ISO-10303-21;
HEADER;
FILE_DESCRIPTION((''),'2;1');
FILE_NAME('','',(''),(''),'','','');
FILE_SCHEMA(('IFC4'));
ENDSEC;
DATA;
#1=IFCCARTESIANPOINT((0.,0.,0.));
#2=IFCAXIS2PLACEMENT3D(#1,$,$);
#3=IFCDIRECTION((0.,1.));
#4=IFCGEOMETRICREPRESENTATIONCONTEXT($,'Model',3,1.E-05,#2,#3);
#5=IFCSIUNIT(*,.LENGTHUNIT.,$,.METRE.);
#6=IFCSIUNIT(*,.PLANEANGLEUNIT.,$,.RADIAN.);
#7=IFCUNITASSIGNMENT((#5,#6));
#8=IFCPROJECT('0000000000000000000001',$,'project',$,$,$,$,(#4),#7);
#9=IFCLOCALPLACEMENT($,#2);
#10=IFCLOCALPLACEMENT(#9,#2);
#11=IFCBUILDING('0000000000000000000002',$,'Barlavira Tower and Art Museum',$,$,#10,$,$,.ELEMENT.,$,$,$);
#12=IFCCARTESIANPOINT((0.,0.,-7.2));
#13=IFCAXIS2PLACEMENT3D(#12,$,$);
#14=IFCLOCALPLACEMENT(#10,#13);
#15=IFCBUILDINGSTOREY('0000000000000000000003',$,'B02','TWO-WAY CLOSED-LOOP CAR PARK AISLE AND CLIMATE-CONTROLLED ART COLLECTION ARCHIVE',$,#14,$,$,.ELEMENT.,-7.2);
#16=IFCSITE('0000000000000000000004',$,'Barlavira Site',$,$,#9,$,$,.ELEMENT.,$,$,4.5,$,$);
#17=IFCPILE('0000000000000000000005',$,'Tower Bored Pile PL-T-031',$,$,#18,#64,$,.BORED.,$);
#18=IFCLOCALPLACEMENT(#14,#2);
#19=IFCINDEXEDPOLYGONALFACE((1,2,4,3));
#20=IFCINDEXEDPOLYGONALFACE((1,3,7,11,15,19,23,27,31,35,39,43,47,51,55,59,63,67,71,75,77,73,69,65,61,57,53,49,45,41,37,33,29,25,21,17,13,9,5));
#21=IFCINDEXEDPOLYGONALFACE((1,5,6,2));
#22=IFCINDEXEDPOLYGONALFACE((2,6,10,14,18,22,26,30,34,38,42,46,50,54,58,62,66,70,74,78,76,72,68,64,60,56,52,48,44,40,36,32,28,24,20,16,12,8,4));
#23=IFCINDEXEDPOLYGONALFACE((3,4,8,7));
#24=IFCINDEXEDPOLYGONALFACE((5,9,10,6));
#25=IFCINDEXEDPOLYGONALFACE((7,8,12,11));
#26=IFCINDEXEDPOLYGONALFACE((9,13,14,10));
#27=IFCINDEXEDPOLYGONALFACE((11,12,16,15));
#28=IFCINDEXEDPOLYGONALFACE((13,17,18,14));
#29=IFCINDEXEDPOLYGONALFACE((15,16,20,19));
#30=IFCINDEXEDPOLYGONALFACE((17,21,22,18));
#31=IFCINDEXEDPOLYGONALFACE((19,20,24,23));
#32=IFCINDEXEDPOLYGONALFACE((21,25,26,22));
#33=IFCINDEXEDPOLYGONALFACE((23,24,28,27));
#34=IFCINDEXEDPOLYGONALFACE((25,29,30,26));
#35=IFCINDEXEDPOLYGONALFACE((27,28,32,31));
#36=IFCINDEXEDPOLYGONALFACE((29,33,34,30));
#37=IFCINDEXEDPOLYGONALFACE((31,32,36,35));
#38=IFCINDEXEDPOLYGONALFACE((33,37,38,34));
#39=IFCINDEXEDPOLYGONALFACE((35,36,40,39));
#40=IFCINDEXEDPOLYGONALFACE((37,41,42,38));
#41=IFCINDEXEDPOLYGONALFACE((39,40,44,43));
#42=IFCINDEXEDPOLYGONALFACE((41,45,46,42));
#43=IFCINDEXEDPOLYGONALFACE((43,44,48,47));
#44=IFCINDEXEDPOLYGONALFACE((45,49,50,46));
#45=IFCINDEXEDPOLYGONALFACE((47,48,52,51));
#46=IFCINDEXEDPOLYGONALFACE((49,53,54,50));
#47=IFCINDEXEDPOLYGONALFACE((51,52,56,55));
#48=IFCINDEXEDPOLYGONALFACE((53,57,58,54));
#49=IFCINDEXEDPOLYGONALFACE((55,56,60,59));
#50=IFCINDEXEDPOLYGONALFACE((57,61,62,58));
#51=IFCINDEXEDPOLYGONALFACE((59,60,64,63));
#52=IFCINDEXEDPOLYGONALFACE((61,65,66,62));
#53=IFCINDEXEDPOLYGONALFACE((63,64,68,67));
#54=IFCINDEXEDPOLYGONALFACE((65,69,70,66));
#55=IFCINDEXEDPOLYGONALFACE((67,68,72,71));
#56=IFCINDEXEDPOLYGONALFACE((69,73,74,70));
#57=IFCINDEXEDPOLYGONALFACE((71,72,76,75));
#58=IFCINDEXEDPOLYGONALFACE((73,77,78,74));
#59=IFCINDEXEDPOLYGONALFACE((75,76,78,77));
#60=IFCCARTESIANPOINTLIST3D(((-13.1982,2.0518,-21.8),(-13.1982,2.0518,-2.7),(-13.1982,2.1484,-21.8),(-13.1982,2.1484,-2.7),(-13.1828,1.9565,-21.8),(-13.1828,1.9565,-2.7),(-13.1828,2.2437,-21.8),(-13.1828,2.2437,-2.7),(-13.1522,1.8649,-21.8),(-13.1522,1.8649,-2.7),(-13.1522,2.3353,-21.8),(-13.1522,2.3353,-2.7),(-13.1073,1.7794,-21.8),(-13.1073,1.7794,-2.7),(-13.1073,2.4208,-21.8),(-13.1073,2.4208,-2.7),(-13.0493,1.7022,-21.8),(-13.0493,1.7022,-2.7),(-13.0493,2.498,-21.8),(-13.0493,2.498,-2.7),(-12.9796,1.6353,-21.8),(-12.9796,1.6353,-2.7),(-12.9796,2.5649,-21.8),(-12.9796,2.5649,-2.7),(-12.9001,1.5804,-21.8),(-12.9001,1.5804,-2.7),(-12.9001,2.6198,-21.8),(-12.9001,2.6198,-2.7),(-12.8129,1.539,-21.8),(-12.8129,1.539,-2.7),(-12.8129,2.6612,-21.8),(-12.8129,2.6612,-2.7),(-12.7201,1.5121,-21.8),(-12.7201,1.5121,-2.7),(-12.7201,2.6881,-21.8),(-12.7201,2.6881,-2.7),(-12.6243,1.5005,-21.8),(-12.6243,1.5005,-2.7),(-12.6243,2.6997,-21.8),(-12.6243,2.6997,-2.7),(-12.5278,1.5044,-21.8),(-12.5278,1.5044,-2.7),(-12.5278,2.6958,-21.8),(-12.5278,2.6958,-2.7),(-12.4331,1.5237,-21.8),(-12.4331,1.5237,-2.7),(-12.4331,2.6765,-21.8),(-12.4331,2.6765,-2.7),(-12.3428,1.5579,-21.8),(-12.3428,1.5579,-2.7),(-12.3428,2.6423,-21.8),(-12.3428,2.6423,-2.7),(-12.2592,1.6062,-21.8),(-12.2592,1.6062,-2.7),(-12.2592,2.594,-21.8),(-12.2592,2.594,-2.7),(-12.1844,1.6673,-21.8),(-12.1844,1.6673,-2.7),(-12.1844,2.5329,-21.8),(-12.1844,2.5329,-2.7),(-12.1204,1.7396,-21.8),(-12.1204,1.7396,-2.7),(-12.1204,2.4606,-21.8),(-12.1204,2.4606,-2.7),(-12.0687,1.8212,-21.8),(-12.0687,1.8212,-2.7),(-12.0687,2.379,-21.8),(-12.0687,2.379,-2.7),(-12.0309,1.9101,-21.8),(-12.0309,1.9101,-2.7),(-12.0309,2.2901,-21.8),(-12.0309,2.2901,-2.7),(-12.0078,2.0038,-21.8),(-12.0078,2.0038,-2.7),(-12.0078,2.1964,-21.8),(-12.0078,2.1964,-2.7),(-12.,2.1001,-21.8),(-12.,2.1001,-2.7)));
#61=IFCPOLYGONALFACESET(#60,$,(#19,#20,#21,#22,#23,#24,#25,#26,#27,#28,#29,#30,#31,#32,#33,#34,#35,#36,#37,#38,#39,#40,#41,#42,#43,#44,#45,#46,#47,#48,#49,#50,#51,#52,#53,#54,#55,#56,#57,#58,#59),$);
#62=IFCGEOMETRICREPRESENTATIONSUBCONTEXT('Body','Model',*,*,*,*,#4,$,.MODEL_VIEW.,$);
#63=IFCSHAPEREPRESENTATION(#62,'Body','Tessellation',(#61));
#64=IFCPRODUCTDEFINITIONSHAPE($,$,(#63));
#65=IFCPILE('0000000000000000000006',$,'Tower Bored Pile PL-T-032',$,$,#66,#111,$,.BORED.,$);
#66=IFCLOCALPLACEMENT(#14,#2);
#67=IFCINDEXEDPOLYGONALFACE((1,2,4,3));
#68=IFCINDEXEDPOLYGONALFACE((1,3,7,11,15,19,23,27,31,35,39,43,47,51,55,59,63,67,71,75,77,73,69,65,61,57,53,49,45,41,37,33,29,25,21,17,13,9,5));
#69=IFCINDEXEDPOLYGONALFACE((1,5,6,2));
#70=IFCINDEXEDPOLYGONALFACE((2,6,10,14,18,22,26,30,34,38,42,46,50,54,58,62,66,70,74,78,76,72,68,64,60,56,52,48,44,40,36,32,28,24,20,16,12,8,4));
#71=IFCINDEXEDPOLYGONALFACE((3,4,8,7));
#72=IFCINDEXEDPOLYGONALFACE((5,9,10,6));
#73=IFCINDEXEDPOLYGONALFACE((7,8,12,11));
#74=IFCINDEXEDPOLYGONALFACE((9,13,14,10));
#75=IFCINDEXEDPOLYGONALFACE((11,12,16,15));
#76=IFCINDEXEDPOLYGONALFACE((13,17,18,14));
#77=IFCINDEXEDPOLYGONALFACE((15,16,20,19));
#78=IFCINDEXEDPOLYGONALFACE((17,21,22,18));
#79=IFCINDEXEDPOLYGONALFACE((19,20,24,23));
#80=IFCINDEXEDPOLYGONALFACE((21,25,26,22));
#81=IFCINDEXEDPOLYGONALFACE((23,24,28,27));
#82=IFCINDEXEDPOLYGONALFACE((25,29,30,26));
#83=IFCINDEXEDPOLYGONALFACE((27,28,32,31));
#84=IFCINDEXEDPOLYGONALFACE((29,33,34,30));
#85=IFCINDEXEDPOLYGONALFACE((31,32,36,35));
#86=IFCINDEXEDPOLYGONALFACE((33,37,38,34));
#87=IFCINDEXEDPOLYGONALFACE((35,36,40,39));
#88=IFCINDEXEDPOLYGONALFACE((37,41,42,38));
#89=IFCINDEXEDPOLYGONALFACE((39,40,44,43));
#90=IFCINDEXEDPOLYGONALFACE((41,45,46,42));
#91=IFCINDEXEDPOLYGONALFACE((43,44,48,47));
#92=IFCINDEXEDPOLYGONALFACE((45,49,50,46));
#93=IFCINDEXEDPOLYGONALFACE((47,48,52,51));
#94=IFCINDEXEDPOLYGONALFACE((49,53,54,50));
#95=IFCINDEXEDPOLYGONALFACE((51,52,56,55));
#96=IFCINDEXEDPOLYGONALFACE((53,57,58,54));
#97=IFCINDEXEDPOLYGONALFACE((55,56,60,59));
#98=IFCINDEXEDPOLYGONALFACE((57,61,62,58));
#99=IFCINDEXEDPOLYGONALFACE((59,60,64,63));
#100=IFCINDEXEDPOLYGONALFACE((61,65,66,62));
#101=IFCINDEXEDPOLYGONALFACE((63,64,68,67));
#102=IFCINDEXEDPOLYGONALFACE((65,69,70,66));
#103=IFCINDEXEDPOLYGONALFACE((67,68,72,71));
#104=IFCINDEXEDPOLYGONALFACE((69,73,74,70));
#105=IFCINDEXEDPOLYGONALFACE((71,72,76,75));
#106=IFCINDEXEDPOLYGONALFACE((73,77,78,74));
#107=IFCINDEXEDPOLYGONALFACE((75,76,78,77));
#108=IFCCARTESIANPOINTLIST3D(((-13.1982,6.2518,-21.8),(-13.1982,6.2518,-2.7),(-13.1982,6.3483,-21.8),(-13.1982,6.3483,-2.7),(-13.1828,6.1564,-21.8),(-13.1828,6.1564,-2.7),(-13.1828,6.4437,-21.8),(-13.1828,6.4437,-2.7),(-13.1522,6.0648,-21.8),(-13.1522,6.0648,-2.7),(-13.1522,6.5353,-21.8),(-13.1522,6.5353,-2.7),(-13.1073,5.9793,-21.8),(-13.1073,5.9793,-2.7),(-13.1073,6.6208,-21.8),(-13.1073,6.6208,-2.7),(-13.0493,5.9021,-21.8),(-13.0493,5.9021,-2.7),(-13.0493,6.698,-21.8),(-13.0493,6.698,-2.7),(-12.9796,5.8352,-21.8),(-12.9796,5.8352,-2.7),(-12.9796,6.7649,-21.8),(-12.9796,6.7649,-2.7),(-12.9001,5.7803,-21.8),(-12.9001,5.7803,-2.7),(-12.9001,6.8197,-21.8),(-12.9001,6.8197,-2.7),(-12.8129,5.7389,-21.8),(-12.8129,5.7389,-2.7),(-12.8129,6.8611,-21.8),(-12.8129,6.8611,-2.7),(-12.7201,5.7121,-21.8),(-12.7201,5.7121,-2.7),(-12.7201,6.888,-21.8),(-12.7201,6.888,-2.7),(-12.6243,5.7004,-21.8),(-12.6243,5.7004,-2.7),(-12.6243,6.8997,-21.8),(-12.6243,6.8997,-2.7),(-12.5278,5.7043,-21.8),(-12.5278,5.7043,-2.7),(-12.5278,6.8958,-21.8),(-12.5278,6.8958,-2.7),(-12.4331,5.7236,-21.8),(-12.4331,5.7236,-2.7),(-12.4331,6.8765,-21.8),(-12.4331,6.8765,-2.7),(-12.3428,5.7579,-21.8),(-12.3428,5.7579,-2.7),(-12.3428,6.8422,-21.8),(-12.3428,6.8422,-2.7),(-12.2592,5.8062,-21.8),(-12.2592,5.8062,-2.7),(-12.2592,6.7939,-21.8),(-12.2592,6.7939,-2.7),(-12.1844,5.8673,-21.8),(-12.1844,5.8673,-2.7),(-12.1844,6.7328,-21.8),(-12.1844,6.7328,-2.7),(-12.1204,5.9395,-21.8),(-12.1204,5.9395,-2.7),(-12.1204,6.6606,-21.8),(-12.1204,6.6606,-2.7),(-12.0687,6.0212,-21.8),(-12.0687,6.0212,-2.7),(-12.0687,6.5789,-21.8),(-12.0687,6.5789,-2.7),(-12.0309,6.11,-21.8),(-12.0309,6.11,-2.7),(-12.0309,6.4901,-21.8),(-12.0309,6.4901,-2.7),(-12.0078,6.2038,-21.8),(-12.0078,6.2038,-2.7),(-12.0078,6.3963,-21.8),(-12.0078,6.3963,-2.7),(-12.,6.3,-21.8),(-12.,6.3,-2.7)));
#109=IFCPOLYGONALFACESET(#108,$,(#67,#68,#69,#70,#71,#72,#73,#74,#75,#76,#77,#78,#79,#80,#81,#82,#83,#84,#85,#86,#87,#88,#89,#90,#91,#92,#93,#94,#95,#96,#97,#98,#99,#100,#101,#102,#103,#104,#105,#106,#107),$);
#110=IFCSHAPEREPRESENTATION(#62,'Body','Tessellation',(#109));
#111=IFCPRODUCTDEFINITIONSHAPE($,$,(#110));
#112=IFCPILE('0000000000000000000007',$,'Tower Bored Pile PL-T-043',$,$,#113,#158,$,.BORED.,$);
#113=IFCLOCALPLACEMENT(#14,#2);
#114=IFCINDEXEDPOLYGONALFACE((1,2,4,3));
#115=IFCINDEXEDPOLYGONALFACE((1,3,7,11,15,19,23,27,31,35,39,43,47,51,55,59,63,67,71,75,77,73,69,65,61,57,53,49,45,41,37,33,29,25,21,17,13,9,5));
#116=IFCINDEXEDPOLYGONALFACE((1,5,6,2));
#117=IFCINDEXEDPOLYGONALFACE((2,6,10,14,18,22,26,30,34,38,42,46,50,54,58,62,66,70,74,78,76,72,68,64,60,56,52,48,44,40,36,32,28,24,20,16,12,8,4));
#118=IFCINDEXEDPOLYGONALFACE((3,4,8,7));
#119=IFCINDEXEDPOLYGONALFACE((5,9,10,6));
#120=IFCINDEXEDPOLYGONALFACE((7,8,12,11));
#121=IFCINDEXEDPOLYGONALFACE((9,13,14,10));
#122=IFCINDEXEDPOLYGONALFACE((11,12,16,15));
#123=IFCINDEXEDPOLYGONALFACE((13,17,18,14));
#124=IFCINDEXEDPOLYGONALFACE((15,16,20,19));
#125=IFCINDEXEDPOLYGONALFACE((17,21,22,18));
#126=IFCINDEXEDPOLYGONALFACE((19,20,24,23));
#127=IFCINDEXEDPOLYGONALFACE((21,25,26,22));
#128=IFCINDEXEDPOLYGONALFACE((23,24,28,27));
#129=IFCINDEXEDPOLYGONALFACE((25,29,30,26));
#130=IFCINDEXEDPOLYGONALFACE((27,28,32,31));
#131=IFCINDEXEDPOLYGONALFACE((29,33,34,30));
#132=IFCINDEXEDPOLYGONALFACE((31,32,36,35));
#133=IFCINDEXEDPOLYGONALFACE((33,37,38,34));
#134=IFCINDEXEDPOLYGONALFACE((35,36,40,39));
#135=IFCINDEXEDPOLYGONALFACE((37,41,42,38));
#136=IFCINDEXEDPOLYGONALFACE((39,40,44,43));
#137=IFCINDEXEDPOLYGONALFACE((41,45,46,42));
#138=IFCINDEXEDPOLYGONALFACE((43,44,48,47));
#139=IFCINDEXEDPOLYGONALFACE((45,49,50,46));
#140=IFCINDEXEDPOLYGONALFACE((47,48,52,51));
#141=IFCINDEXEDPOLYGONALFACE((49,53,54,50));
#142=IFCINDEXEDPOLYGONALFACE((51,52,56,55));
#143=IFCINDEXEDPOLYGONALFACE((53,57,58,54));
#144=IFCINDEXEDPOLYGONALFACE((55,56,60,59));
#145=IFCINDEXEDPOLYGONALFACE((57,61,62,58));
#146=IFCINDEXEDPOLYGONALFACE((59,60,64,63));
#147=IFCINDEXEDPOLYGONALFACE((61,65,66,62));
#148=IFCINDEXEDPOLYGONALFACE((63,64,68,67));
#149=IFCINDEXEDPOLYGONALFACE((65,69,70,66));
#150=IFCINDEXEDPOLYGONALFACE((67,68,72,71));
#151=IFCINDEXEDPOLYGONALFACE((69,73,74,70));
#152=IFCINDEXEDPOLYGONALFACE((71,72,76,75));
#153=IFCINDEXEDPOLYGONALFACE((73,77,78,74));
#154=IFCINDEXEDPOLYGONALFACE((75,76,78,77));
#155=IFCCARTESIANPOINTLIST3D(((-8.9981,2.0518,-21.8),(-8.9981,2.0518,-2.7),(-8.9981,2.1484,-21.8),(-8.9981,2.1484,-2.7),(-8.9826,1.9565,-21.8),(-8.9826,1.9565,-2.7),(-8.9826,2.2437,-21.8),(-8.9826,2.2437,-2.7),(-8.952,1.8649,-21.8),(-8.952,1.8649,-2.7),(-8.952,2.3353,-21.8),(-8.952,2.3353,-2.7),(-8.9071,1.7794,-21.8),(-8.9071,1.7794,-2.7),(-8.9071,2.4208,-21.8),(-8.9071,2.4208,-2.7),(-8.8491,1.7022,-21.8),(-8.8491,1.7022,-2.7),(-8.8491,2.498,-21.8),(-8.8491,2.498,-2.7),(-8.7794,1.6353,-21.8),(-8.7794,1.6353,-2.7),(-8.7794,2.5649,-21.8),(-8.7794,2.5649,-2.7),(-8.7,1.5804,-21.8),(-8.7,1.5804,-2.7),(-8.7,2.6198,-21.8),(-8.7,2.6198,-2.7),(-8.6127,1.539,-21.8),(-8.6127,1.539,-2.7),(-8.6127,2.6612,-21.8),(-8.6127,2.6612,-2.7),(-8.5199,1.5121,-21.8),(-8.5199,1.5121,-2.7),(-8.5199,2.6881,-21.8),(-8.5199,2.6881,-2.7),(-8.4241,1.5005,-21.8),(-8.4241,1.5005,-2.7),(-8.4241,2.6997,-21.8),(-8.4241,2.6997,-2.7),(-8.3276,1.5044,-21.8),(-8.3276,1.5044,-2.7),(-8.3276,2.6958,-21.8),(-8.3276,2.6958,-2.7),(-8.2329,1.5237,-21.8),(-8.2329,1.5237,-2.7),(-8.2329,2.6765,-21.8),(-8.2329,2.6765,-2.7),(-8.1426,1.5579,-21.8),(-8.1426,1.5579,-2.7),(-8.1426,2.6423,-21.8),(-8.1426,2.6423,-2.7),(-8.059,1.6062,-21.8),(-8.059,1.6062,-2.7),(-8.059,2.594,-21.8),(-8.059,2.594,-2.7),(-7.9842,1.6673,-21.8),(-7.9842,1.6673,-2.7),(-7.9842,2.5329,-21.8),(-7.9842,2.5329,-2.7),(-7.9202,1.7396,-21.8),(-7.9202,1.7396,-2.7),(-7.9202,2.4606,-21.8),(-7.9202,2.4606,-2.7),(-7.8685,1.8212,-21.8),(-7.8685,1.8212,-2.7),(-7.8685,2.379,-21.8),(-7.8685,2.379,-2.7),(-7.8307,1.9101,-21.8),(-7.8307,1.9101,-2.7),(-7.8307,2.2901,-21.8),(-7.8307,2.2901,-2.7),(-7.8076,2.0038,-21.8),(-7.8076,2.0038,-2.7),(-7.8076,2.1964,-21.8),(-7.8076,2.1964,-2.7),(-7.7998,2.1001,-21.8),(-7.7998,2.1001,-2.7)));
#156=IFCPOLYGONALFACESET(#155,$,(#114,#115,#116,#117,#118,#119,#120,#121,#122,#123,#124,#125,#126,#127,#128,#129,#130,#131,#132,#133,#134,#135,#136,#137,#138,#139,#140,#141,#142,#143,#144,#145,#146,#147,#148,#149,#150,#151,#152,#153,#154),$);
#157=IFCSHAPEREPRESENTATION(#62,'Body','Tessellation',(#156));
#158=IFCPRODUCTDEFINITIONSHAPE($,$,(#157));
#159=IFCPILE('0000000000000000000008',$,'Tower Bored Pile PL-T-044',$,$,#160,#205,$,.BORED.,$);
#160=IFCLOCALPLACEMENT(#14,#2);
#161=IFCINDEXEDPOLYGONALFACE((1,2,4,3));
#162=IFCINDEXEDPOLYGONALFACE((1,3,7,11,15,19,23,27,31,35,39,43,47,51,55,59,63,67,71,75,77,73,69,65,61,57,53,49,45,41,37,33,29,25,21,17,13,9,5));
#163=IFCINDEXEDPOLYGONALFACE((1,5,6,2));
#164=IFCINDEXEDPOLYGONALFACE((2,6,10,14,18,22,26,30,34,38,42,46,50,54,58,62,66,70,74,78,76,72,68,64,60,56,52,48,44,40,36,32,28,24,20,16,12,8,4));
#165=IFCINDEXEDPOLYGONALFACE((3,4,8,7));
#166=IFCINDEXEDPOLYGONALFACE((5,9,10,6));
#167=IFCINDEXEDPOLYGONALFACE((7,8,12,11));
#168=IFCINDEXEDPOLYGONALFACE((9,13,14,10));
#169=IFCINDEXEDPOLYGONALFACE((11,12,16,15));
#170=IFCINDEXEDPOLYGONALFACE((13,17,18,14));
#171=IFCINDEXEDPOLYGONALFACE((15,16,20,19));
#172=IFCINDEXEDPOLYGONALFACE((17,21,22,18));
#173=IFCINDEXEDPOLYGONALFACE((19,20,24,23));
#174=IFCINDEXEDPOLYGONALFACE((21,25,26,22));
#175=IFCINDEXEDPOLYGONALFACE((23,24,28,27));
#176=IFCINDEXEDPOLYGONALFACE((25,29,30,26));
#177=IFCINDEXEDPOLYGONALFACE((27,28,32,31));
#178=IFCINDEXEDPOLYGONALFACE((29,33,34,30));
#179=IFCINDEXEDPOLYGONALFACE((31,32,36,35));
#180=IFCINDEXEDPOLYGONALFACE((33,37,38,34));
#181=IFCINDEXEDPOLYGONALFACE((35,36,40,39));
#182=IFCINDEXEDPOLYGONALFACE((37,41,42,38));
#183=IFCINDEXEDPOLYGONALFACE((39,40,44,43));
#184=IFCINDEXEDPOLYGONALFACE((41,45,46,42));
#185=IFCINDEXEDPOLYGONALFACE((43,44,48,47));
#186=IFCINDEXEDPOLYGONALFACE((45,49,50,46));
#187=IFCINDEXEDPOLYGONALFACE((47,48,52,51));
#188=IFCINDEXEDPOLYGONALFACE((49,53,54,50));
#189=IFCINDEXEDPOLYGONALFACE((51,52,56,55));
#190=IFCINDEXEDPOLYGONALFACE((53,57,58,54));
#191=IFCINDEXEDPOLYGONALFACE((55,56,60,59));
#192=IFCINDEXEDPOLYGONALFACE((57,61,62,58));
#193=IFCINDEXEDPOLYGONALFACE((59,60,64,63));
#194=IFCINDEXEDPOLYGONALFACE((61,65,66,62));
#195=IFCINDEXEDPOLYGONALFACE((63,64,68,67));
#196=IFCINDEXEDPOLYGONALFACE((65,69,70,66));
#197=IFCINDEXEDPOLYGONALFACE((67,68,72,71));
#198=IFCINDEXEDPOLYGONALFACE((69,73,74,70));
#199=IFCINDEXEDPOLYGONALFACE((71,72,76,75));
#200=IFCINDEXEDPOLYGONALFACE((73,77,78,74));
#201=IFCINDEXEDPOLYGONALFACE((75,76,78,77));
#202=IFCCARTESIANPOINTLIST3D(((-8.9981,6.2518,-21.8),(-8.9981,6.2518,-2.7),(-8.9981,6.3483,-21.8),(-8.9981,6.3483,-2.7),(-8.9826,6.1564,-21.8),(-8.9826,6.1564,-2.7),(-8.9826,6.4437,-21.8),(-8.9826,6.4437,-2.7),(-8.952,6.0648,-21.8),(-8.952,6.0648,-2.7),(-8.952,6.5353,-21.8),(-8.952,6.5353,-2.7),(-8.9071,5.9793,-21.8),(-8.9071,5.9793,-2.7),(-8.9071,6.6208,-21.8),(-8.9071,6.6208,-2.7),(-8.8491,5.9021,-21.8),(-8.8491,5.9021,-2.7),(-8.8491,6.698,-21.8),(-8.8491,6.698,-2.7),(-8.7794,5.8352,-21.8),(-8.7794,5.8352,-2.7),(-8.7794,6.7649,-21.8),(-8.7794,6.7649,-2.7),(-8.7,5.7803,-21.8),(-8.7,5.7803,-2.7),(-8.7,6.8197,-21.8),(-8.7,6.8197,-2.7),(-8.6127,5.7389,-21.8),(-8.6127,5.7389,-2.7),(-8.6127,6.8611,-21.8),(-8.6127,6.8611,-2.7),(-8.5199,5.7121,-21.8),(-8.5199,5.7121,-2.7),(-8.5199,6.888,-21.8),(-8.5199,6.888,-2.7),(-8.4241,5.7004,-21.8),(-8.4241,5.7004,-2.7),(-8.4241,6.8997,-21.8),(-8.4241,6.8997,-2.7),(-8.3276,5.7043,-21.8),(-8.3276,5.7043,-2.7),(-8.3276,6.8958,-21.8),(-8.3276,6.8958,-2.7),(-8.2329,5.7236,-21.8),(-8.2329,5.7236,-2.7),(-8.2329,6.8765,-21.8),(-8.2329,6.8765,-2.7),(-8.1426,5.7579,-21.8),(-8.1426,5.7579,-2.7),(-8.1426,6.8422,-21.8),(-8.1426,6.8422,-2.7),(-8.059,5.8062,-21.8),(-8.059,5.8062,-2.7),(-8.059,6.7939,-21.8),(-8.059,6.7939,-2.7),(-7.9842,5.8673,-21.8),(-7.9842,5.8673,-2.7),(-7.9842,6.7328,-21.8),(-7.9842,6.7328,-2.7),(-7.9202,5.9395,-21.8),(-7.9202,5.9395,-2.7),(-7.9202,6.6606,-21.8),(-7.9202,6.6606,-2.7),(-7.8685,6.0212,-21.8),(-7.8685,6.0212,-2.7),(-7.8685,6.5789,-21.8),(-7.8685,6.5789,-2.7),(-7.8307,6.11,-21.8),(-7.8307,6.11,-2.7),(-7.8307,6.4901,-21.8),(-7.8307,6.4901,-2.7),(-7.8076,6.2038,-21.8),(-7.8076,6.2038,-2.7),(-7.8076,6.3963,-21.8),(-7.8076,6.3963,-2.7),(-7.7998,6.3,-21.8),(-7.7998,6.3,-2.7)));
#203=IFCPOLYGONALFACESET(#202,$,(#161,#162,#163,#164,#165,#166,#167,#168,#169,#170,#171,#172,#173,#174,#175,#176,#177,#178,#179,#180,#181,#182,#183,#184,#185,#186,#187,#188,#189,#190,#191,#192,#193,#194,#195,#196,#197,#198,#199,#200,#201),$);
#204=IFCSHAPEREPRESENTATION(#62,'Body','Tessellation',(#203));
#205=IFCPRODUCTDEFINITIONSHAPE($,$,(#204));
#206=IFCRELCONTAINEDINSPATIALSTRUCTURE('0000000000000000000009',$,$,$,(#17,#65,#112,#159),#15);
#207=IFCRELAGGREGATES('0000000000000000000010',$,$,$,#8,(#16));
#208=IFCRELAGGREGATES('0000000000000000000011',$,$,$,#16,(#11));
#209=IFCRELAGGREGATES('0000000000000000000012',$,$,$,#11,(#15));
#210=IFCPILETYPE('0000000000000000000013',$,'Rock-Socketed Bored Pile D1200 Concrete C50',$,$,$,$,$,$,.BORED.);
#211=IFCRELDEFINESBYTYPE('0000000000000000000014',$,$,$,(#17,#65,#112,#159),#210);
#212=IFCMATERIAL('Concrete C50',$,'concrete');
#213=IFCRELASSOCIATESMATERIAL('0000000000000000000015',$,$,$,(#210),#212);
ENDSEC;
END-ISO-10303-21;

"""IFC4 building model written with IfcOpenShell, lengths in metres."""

from ifc_helpers import new_model, si_unit, direction, frame, origin, origin_2d, place, context, subcontext, project, spatial, circle, extrude, material, material_profile, profile_set, type_object, element, save


model = new_model("IFC4")

# Units and contexts
model_context = context("Model", 3, precision=1e-05, world=origin(), true_north=direction((0.0, 1.0)))
body_context = subcontext(model_context, "Body", "Model", "MODEL_VIEW")
ifc_project = project(units=[si_unit("LENGTHUNIT", "METRE"), si_unit("PLANEANGLEUNIT", "RADIAN")], contexts=[model_context])

# Site, building, storey
site_placement = place(None, origin())
site = spatial("IfcSite", under=ifc_project, at=site_placement, Name="Barlavira Site", CompositionType="ELEMENT", RefElevation=4.5)
building_placement = place(site_placement, origin())
building = spatial("IfcBuilding", under=site, at=building_placement, Name="Barlavira Tower and Art Museum", CompositionType="ELEMENT")
storey_placement = place(building_placement, frame((0.0, 0.0, -7.2)))
storey = spatial("IfcBuildingStorey", under=building, at=storey_placement, Name="B02", Description="TWO-WAY CLOSED-LOOP CAR PARK AISLE AND CLIMATE-CONTROLLED ART COLLECTION ARCHIVE", CompositionType="ELEMENT", Elevation=-7.2)

# Piles
ifc_material_1 = material(Name="Concrete C50", Category="concrete")
ifc_material_profile = material_profile(ifc_material_1, circle(Radius=0.6001, at=origin_2d()), Name="BORED PILE D1200")
ifc_profile_set = profile_set([ifc_material_profile], Name="Concrete C50")
pile_type = type_object("IfcPileType", Name="Rock-Socketed Bored Pile D1200 Concrete C50", PredefinedType="BORED", material=ifc_profile_set)
for number, where, z_axis, x_axis, name in (
    (1, (-12.6001, 2.1001, -2.7), (0.0, 0.0, -1.0), (1.0, 0.0, 0.0), "Tower Bored Pile PL-T-031"),
    (2, (-12.6001, 6.3, -2.7), (0.0, 0.0, -1.0), (1.0, 0.0, 0.0), "Tower Bored Pile PL-T-032"),
    (3, (-8.3999, 2.1001, -2.7), (0.0, 0.0, -1.0), (1.0, 0.0, 0.0), "Tower Bored Pile PL-T-043"),
    (4, (-8.3999, 6.3, -2.7), (0.0, 0.0, -1.0), (1.0, 0.0, 0.0), "Tower Bored Pile PL-T-044"),
):
    element("IfcPile", number, at=place(storey_placement, frame(where, z_axis=z_axis, x_axis=x_axis)), inside=storey, type_object=pile_type, Name=name, PredefinedType="BORED", context=body_context, shape_type="SweptSolid", body=[
        extrude(circle(Radius=0.6001, at=origin_2d()), origin(), (0.0, 0.0, 1.0), 19.1001),
    ])

save(model, "model.ifc")
